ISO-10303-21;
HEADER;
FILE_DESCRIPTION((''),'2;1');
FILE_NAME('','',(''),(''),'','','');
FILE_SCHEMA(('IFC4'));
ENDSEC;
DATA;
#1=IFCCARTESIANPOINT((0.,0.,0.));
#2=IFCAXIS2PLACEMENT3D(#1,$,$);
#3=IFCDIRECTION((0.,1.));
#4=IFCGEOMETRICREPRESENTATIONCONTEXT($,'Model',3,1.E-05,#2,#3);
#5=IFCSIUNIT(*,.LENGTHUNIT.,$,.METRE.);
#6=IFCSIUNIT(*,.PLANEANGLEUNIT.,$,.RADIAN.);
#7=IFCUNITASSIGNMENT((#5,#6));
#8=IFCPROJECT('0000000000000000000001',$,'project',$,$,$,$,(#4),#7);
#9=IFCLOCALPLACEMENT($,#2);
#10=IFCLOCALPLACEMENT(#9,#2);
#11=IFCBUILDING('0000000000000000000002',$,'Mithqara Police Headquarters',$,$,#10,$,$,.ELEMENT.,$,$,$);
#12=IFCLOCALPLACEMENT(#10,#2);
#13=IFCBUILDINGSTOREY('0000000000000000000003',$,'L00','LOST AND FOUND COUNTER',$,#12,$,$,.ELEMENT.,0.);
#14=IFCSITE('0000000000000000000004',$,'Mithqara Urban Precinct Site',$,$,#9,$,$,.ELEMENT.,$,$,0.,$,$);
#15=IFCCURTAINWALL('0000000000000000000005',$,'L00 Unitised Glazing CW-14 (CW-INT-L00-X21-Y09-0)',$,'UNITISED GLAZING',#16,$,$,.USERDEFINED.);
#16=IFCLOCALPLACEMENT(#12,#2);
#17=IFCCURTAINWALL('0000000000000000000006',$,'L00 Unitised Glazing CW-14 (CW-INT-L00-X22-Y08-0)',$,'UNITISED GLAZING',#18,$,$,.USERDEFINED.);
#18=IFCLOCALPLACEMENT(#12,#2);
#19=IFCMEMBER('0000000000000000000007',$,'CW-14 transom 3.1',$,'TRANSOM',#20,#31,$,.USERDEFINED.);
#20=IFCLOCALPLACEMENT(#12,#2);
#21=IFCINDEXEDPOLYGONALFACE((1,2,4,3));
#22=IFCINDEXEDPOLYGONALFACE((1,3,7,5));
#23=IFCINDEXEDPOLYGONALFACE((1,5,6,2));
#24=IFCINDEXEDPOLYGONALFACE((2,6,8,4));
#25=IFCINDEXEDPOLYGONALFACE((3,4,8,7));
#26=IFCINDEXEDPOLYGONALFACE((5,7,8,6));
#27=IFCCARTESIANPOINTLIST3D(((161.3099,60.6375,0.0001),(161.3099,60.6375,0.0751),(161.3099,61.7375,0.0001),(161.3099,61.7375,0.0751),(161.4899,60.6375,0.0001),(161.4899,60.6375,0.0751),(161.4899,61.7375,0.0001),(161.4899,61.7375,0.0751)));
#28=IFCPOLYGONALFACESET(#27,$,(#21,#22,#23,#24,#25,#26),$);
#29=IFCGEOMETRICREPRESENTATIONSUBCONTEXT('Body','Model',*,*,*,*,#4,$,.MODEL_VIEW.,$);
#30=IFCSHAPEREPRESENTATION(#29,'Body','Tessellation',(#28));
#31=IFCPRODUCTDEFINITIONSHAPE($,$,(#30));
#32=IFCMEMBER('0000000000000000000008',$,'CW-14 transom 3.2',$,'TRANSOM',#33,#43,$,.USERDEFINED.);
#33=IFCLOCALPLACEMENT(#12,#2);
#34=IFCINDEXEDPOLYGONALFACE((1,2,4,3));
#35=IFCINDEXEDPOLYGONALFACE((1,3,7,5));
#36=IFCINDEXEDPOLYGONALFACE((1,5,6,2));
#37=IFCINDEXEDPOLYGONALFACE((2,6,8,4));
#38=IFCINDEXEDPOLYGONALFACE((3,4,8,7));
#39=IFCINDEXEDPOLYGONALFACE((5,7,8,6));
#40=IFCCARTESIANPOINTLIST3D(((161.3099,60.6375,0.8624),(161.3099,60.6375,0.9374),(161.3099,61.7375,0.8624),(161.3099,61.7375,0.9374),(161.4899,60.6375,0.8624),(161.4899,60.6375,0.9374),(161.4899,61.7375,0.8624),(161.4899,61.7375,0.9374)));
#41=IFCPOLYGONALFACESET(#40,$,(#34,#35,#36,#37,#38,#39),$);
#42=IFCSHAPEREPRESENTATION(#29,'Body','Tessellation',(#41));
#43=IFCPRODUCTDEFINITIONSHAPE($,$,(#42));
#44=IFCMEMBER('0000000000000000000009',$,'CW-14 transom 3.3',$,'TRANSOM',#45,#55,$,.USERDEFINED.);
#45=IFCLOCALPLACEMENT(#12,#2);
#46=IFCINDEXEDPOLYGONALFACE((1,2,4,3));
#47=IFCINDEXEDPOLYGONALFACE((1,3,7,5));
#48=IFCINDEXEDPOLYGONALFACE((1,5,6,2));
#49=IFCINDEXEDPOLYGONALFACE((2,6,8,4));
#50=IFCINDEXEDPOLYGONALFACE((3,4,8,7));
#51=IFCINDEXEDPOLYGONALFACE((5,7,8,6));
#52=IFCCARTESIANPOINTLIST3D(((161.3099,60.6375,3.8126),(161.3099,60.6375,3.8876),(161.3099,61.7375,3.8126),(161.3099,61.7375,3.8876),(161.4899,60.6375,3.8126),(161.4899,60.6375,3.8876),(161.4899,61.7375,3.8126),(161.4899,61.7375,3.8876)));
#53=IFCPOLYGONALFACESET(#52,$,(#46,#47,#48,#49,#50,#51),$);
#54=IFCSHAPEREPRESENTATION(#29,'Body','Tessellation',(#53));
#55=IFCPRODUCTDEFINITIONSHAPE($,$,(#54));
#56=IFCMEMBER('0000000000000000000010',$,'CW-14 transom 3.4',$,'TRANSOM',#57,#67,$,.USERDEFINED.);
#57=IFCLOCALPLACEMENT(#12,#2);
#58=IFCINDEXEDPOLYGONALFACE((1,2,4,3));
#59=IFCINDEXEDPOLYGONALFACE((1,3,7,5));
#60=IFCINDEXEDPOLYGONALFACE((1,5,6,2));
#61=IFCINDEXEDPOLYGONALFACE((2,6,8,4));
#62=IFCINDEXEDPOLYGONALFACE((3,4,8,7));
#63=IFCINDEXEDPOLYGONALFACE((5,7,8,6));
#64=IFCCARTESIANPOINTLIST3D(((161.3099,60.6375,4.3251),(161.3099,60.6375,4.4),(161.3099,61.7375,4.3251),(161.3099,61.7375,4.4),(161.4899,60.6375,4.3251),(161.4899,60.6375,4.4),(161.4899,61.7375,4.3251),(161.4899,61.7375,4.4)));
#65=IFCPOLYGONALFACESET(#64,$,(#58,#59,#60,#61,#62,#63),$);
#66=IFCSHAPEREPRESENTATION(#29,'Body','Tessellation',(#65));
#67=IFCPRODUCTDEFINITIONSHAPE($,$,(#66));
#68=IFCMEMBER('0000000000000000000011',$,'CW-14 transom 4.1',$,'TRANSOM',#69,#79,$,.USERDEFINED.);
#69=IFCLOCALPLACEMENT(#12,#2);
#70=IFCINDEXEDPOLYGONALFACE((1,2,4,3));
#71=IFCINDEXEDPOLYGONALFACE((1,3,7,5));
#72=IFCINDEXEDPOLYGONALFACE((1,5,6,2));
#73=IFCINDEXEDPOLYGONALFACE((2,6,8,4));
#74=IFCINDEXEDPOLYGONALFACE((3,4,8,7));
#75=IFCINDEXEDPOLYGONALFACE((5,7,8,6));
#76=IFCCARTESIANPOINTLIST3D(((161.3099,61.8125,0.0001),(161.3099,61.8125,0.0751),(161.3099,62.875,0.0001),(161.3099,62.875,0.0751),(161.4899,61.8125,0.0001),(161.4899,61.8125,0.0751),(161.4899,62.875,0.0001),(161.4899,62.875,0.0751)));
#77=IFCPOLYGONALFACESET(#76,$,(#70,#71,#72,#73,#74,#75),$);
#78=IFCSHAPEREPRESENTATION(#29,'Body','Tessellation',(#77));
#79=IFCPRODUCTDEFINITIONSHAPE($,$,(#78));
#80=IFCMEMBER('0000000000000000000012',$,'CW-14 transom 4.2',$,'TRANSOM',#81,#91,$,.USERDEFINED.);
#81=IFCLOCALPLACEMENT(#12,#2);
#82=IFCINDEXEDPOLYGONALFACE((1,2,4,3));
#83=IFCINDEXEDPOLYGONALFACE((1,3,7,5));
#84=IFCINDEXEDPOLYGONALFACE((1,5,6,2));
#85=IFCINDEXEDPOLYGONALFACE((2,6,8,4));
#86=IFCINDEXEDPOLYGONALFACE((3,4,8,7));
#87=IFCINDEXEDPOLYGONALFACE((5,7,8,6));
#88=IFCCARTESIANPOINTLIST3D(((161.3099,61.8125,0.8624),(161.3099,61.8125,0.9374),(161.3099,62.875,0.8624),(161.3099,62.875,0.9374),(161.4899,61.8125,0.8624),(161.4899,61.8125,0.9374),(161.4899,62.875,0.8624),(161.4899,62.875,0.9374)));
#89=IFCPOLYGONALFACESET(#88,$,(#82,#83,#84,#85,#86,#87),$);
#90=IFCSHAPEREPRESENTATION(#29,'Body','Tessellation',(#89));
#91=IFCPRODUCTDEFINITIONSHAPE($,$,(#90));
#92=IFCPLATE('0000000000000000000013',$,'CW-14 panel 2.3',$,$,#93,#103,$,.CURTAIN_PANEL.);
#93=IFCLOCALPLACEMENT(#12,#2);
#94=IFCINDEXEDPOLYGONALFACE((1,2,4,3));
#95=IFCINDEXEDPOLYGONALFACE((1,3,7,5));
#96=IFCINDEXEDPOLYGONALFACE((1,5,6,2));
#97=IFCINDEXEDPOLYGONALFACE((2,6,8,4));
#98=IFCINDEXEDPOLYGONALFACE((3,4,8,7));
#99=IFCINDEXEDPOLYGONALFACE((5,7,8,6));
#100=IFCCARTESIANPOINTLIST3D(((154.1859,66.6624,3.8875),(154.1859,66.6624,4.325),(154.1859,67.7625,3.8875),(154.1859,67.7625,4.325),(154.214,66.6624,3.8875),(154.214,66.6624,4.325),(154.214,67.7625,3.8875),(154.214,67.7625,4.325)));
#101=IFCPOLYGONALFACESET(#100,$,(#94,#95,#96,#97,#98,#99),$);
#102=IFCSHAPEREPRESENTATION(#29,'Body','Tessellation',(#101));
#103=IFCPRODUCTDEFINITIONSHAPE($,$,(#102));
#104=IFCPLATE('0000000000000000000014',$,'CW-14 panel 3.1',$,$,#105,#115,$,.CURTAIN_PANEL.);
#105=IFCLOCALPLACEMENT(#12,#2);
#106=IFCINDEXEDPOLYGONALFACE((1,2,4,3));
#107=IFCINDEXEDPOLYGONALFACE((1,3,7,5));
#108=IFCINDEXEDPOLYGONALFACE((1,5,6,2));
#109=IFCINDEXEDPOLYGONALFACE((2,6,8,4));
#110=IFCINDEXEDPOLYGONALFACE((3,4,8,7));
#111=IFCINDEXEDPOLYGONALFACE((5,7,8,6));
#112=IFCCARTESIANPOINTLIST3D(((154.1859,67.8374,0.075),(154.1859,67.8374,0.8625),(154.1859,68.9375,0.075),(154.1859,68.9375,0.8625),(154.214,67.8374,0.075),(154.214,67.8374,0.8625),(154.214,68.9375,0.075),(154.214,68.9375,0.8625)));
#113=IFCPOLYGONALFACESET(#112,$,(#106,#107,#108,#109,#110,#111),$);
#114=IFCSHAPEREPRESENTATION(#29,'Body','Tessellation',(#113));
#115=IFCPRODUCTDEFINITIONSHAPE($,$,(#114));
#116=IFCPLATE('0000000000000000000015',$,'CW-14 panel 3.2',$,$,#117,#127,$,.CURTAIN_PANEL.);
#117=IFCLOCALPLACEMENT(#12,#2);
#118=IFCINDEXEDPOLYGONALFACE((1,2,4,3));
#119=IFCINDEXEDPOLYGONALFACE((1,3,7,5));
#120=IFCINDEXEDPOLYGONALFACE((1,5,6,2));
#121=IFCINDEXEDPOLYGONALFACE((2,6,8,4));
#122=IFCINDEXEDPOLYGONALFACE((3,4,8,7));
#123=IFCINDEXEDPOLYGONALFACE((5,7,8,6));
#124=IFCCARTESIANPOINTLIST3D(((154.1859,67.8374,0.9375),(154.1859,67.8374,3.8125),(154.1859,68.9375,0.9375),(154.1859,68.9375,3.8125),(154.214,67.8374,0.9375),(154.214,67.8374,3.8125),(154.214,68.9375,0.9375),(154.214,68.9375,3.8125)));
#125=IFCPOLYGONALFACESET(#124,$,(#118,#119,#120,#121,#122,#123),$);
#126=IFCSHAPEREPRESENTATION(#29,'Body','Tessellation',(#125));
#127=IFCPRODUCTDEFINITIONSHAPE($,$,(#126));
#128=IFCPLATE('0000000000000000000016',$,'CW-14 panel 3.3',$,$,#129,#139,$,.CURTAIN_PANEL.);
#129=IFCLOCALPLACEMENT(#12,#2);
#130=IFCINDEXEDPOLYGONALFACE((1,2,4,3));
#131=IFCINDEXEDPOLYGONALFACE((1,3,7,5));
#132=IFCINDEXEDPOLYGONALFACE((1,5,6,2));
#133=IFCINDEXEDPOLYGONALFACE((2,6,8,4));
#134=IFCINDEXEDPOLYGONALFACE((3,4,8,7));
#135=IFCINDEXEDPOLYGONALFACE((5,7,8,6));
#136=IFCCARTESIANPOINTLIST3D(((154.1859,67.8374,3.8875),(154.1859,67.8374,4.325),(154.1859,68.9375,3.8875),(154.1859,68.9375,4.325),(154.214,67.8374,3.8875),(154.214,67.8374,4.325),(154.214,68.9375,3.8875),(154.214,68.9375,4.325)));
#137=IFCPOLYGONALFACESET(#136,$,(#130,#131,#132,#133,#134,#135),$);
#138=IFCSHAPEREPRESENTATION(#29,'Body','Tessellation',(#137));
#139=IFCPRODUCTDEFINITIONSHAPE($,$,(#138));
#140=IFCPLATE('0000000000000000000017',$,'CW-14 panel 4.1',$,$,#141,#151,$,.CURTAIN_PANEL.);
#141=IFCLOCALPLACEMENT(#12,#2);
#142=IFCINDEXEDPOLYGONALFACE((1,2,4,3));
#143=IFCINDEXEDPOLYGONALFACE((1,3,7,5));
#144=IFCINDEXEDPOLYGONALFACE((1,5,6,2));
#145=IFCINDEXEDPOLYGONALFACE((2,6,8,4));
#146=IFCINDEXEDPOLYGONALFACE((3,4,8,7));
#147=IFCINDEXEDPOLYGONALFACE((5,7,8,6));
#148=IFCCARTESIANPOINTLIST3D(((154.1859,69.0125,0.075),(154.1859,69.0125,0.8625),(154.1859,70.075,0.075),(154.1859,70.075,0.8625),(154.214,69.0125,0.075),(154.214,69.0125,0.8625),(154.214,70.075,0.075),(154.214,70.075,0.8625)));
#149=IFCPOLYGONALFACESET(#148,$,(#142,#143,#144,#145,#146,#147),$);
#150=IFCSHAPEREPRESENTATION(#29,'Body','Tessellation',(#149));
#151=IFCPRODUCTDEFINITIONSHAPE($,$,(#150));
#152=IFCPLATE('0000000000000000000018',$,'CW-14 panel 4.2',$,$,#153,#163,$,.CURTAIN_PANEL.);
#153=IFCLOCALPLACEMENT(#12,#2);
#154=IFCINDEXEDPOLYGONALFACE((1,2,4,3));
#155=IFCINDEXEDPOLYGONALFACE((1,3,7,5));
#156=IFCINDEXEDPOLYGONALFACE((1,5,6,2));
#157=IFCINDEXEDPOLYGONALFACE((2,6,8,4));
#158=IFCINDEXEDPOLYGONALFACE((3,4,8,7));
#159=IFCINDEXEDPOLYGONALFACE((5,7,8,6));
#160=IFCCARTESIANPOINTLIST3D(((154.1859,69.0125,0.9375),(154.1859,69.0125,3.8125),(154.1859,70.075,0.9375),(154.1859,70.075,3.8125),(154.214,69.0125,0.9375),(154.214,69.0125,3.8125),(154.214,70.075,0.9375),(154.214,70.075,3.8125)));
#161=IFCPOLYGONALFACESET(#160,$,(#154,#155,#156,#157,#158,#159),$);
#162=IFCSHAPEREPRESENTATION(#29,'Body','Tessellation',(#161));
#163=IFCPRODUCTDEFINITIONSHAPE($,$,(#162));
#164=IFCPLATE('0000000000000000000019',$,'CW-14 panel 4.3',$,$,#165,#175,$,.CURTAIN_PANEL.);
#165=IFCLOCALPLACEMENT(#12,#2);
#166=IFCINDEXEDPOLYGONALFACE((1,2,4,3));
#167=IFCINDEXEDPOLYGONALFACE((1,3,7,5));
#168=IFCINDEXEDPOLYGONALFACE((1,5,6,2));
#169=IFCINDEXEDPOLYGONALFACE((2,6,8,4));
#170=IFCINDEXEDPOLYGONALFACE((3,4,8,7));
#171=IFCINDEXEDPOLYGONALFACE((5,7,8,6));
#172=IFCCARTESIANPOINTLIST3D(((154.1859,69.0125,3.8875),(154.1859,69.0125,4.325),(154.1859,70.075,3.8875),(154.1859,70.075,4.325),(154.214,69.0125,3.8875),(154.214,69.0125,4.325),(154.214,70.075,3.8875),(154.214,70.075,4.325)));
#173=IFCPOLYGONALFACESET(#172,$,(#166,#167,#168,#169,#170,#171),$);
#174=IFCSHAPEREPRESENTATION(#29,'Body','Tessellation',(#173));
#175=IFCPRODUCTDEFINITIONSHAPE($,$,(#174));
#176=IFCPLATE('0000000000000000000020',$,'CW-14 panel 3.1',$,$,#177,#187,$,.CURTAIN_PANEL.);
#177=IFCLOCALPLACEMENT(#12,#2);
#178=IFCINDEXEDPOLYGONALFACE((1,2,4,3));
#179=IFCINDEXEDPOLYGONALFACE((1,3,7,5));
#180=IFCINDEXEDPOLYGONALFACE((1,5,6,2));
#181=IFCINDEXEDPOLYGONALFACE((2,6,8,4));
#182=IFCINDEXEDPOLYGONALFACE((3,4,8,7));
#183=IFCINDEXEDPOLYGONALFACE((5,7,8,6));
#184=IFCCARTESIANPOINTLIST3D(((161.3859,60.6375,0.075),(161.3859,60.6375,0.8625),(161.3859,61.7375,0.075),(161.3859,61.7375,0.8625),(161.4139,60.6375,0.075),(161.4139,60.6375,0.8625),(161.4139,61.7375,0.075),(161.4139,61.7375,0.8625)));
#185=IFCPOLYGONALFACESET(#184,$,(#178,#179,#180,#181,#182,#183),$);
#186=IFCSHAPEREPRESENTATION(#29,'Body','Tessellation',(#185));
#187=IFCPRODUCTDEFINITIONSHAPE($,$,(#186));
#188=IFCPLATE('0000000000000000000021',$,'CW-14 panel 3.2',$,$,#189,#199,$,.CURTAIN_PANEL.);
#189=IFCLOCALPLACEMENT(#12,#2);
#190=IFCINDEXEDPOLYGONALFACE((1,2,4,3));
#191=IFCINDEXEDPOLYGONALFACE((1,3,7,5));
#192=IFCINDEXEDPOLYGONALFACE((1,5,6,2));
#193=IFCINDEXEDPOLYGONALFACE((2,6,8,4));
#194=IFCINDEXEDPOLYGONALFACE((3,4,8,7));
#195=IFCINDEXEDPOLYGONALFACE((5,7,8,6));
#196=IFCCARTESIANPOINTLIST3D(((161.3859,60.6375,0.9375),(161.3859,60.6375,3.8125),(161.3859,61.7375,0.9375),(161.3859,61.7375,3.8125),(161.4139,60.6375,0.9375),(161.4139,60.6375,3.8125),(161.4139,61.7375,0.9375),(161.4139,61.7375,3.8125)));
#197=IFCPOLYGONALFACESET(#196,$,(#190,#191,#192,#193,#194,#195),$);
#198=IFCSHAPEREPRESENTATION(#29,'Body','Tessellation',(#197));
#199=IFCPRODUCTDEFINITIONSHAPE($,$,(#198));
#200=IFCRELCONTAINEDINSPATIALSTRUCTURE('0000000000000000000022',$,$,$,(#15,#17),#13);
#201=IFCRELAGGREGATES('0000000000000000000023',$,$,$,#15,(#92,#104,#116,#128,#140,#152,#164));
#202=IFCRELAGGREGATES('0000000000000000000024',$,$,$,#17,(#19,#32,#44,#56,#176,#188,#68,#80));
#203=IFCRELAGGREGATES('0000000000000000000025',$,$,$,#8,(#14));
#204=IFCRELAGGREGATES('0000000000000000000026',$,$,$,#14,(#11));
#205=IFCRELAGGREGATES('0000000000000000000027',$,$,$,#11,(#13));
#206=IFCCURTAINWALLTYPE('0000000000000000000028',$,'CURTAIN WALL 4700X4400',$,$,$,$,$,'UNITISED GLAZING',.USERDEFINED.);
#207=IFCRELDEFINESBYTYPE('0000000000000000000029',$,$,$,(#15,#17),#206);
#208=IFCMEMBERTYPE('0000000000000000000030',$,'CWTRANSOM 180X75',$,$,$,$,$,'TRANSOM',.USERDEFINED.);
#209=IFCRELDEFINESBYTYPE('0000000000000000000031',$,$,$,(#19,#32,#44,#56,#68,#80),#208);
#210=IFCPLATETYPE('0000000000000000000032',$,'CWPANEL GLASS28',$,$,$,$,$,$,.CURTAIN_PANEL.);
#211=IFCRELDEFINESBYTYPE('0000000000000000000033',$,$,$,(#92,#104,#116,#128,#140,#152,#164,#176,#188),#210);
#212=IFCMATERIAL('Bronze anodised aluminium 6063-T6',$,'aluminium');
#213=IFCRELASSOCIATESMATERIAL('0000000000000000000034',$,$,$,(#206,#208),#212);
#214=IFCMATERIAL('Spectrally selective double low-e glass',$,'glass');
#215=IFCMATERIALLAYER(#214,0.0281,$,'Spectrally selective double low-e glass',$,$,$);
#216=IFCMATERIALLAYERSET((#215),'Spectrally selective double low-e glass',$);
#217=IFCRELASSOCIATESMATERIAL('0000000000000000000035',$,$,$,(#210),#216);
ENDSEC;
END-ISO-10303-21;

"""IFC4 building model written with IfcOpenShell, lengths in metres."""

from ifc_helpers import new_model, si_unit, direction, frame, origin, origin_2d, place, context, subcontext, project, spatial, rectangle, extrude, material, layer, layer_set, material_profile, profile_set, type_object, element, aggregate, save


model = new_model("IFC4")

# Units and contexts
model_context = context("Model", 3, precision=1e-05, world=origin(), true_north=direction((0.0, 1.0)))
body_context = subcontext(model_context, "Body", "Model", "MODEL_VIEW")
ifc_project = project(units=[si_unit("LENGTHUNIT", "METRE"), si_unit("PLANEANGLEUNIT", "RADIAN")], contexts=[model_context])

# Site, building, storey
site_placement = place(None, origin())
site = spatial("IfcSite", under=ifc_project, at=site_placement, Name="Mithqara Urban Precinct Site", CompositionType="ELEMENT", RefElevation=0.0)
building_placement = place(site_placement, origin())
building = spatial("IfcBuilding", under=site, at=building_placement, Name="Mithqara Police Headquarters", CompositionType="ELEMENT")
storey_placement = place(building_placement, origin())
storey = spatial("IfcBuildingStorey", under=building, at=storey_placement, Name="L00", Description="LOST AND FOUND COUNTER", CompositionType="ELEMENT", Elevation=0.0)

# Curtain walls
ifc_material_1 = material(Name="Bronze anodised aluminium 6063-T6", Category="aluminium")
curtain_wall_type = type_object("IfcCurtainWallType", Name="CURTAIN WALL 4700X4400", ElementType="UNITISED GLAZING", PredefinedType="USERDEFINED", material=ifc_material_1)
curtain_wall_1_placement = place(storey_placement, origin())
curtain_wall_1 = element("IfcCurtainWall", 1, at=curtain_wall_1_placement, inside=storey, type_object=curtain_wall_type, Name="L00 Unitised Glazing CW-14 (CW-INT-L00-X21-Y09-0)", ObjectType="UNITISED GLAZING", PredefinedType="USERDEFINED")
curtain_wall_2_placement = place(storey_placement, origin())
curtain_wall_2 = element("IfcCurtainWall", 2, at=curtain_wall_2_placement, inside=storey, type_object=curtain_wall_type, Name="L00 Unitised Glazing CW-14 (CW-INT-L00-X22-Y08-0)", ObjectType="UNITISED GLAZING", PredefinedType="USERDEFINED")

# Members
ifc_material_profile_1 = material_profile(ifc_material_1, rectangle(XDim=0.1799, YDim=0.075, at=origin_2d()), Name="CWT 180x75")
ifc_profile_set_1 = profile_set([ifc_material_profile_1], Name="Bronze anodised aluminium 6063-T6")
member_type_1 = type_object("IfcMemberType", Name="CWTRANSOM 180X75", ElementType="TRANSOM", PredefinedType="USERDEFINED", material=ifc_profile_set_1)
member_1_placement = place(storey_placement, frame((161.3999, 60.6375, 0.0376), z_axis=(0.0, 1.0, 0.0), x_axis=(-1.0, 0.0, 0.0)))
member_1 = element("IfcMember", 3, at=member_1_placement, type_object=member_type_1, Name="CW-14 transom 3.1", ObjectType="TRANSOM", PredefinedType="USERDEFINED", context=body_context, shape_type="SweptSolid", body=[
    extrude(rectangle(XDim=0.1799, YDim=0.075, at=origin_2d()), origin(), (0.0, 0.0, 1.0), 1.1001),
])
member_2_placement = place(storey_placement, frame((161.3999, 60.6375, 0.8999), z_axis=(0.0, 1.0, 0.0), x_axis=(-1.0, 0.0, 0.0)))
member_2 = element("IfcMember", 4, at=member_2_placement, type_object=member_type_1, Name="CW-14 transom 3.2", ObjectType="TRANSOM", PredefinedType="USERDEFINED", context=body_context, shape_type="SweptSolid", body=[
    extrude(rectangle(XDim=0.1799, YDim=0.075, at=origin_2d()), origin(), (0.0, 0.0, 1.0), 1.1001),
])
member_3_placement = place(storey_placement, frame((161.3999, 60.6375, 3.8501), z_axis=(0.0, 1.0, 0.0), x_axis=(-1.0, 0.0, 0.0)))
member_3 = element("IfcMember", 5, at=member_3_placement, type_object=member_type_1, Name="CW-14 transom 3.3", ObjectType="TRANSOM", PredefinedType="USERDEFINED", context=body_context, shape_type="SweptSolid", body=[
    extrude(rectangle(XDim=0.1799, YDim=0.075, at=origin_2d()), origin(), (0.0, 0.0, 1.0), 1.1001),
])
member_4_placement = place(storey_placement, frame((161.3999, 60.6375, 4.3625), z_axis=(0.0, 1.0, 0.0), x_axis=(-1.0, 0.0, 0.0)))
member_4 = element("IfcMember", 6, at=member_4_placement, type_object=member_type_1, Name="CW-14 transom 3.4", ObjectType="TRANSOM", PredefinedType="USERDEFINED", context=body_context, shape_type="SweptSolid", body=[
    extrude(rectangle(XDim=0.1799, YDim=0.075, at=origin_2d()), origin(), (0.0, 0.0, 1.0), 1.1001),
])
member_5_placement = place(storey_placement, frame((161.3999, 61.8125, 0.0376), z_axis=(0.0, 1.0, 0.0), x_axis=(-1.0, 0.0, 0.0)))
member_5 = element("IfcMember", 7, at=member_5_placement, type_object=member_type_1, Name="CW-14 transom 4.1", ObjectType="TRANSOM", PredefinedType="USERDEFINED", context=body_context, shape_type="SweptSolid", body=[
    extrude(rectangle(XDim=0.1799, YDim=0.075, at=origin_2d()), origin(), (0.0, 0.0, 1.0), 1.0625),
])
member_6_placement = place(storey_placement, frame((161.3999, 61.8125, 0.8999), z_axis=(0.0, 1.0, 0.0), x_axis=(-1.0, 0.0, 0.0)))
member_6 = element("IfcMember", 8, at=member_6_placement, type_object=member_type_1, Name="CW-14 transom 4.2", ObjectType="TRANSOM", PredefinedType="USERDEFINED", context=body_context, shape_type="SweptSolid", body=[
    extrude(rectangle(XDim=0.1799, YDim=0.075, at=origin_2d()), origin(), (0.0, 0.0, 1.0), 1.0625),
])

# Plates
ifc_material_2 = material(Name="Spectrally selective double low-e glass", Category="glass")
ifc_layer_1 = layer(ifc_material_2, 0.0281, Name="Spectrally selective double low-e glass")
ifc_layer_set_1 = layer_set([ifc_layer_1], Name="Spectrally selective double low-e glass")
plate_type = type_object("IfcPlateType", Name="CWPANEL GLASS28", PredefinedType="CURTAIN_PANEL", material=ifc_layer_set_1)
plate_1_placement = place(storey_placement, frame((154.2, 67.2124, 3.8875), z_axis=(0.0, 0.0, 1.0), x_axis=(0.0, 1.0, 0.0)))
plate_1 = element("IfcPlate", 9, at=plate_1_placement, type_object=plate_type, Name="CW-14 panel 2.3", PredefinedType="CURTAIN_PANEL", context=body_context, shape_type="SweptSolid", body=[
    extrude(rectangle(XDim=1.1001, YDim=0.0281, at=origin_2d()), origin(), (0.0, 0.0, 1.0), 0.4375),
])
plate_2_placement = place(storey_placement, frame((154.2, 68.3875, 0.075), z_axis=(0.0, 0.0, 1.0), x_axis=(0.0, 1.0, 0.0)))
plate_2 = element("IfcPlate", 10, at=plate_2_placement, type_object=plate_type, Name="CW-14 panel 3.1", PredefinedType="CURTAIN_PANEL", context=body_context, shape_type="SweptSolid", body=[
    extrude(rectangle(XDim=1.1001, YDim=0.0281, at=origin_2d()), origin(), (0.0, 0.0, 1.0), 0.7876),
])
plate_3_placement = place(storey_placement, frame((154.2, 68.3875, 0.9375), z_axis=(0.0, 0.0, 1.0), x_axis=(0.0, 1.0, 0.0)))
plate_3 = element("IfcPlate", 11, at=plate_3_placement, type_object=plate_type, Name="CW-14 panel 3.2", PredefinedType="CURTAIN_PANEL", context=body_context, shape_type="SweptSolid", body=[
    extrude(rectangle(XDim=1.1001, YDim=0.0281, at=origin_2d()), origin(), (0.0, 0.0, 1.0), 2.875),
])
plate_4_placement = place(storey_placement, frame((154.2, 68.3875, 3.8875), z_axis=(0.0, 0.0, 1.0), x_axis=(0.0, 1.0, 0.0)))
plate_4 = element("IfcPlate", 12, at=plate_4_placement, type_object=plate_type, Name="CW-14 panel 3.3", PredefinedType="CURTAIN_PANEL", context=body_context, shape_type="SweptSolid", body=[
    extrude(rectangle(XDim=1.1001, YDim=0.0281, at=origin_2d()), origin(), (0.0, 0.0, 1.0), 0.4375),
])
plate_5_placement = place(storey_placement, frame((154.2, 69.5437, 0.075), z_axis=(0.0, 0.0, 1.0), x_axis=(0.0, 1.0, 0.0)))
plate_5 = element("IfcPlate", 13, at=plate_5_placement, type_object=plate_type, Name="CW-14 panel 4.1", PredefinedType="CURTAIN_PANEL", context=body_context, shape_type="SweptSolid", body=[
    extrude(rectangle(XDim=1.0625, YDim=0.0281, at=origin_2d()), origin(), (0.0, 0.0, 1.0), 0.7876),
])
plate_6_placement = place(storey_placement, frame((154.2, 69.5437, 0.9375), z_axis=(0.0, 0.0, 1.0), x_axis=(0.0, 1.0, 0.0)))
plate_6 = element("IfcPlate", 14, at=plate_6_placement, type_object=plate_type, Name="CW-14 panel 4.2", PredefinedType="CURTAIN_PANEL", context=body_context, shape_type="SweptSolid", body=[
    extrude(rectangle(XDim=1.0625, YDim=0.0281, at=origin_2d()), origin(), (0.0, 0.0, 1.0), 2.875),
])
plate_7_placement = place(storey_placement, frame((154.2, 69.5437, 3.8875), z_axis=(0.0, 0.0, 1.0), x_axis=(0.0, 1.0, 0.0)))
plate_7 = element("IfcPlate", 15, at=plate_7_placement, type_object=plate_type, Name="CW-14 panel 4.3", PredefinedType="CURTAIN_PANEL", context=body_context, shape_type="SweptSolid", body=[
    extrude(rectangle(XDim=1.0625, YDim=0.0281, at=origin_2d()), origin(), (0.0, 0.0, 1.0), 0.4375),
])
aggregate(curtain_wall_1, [plate_1, plate_2, plate_3, plate_4, plate_5, plate_6, plate_7])
plate_8_placement = place(storey_placement, frame((161.3999, 61.1875, 0.075), z_axis=(0.0, 0.0, 1.0), x_axis=(0.0, 1.0, 0.0)))
plate_8 = element("IfcPlate", 16, at=plate_8_placement, type_object=plate_type, Name="CW-14 panel 3.1", PredefinedType="CURTAIN_PANEL", context=body_context, shape_type="SweptSolid", body=[
    extrude(rectangle(XDim=1.1001, YDim=0.0281, at=origin_2d()), origin(), (0.0, 0.0, 1.0), 0.7876),
])
plate_9_placement = place(storey_placement, frame((161.3999, 61.1875, 0.9375), z_axis=(0.0, 0.0, 1.0), x_axis=(0.0, 1.0, 0.0)))
plate_9 = element("IfcPlate", 17, at=plate_9_placement, type_object=plate_type, Name="CW-14 panel 3.2", PredefinedType="CURTAIN_PANEL", context=body_context, shape_type="SweptSolid", body=[
    extrude(rectangle(XDim=1.1001, YDim=0.0281, at=origin_2d()), origin(), (0.0, 0.0, 1.0), 2.875),
])
aggregate(curtain_wall_2, [member_1, member_2, member_3, member_4, plate_8, plate_9, member_5, member_6])

save(model, "model.ifc")
